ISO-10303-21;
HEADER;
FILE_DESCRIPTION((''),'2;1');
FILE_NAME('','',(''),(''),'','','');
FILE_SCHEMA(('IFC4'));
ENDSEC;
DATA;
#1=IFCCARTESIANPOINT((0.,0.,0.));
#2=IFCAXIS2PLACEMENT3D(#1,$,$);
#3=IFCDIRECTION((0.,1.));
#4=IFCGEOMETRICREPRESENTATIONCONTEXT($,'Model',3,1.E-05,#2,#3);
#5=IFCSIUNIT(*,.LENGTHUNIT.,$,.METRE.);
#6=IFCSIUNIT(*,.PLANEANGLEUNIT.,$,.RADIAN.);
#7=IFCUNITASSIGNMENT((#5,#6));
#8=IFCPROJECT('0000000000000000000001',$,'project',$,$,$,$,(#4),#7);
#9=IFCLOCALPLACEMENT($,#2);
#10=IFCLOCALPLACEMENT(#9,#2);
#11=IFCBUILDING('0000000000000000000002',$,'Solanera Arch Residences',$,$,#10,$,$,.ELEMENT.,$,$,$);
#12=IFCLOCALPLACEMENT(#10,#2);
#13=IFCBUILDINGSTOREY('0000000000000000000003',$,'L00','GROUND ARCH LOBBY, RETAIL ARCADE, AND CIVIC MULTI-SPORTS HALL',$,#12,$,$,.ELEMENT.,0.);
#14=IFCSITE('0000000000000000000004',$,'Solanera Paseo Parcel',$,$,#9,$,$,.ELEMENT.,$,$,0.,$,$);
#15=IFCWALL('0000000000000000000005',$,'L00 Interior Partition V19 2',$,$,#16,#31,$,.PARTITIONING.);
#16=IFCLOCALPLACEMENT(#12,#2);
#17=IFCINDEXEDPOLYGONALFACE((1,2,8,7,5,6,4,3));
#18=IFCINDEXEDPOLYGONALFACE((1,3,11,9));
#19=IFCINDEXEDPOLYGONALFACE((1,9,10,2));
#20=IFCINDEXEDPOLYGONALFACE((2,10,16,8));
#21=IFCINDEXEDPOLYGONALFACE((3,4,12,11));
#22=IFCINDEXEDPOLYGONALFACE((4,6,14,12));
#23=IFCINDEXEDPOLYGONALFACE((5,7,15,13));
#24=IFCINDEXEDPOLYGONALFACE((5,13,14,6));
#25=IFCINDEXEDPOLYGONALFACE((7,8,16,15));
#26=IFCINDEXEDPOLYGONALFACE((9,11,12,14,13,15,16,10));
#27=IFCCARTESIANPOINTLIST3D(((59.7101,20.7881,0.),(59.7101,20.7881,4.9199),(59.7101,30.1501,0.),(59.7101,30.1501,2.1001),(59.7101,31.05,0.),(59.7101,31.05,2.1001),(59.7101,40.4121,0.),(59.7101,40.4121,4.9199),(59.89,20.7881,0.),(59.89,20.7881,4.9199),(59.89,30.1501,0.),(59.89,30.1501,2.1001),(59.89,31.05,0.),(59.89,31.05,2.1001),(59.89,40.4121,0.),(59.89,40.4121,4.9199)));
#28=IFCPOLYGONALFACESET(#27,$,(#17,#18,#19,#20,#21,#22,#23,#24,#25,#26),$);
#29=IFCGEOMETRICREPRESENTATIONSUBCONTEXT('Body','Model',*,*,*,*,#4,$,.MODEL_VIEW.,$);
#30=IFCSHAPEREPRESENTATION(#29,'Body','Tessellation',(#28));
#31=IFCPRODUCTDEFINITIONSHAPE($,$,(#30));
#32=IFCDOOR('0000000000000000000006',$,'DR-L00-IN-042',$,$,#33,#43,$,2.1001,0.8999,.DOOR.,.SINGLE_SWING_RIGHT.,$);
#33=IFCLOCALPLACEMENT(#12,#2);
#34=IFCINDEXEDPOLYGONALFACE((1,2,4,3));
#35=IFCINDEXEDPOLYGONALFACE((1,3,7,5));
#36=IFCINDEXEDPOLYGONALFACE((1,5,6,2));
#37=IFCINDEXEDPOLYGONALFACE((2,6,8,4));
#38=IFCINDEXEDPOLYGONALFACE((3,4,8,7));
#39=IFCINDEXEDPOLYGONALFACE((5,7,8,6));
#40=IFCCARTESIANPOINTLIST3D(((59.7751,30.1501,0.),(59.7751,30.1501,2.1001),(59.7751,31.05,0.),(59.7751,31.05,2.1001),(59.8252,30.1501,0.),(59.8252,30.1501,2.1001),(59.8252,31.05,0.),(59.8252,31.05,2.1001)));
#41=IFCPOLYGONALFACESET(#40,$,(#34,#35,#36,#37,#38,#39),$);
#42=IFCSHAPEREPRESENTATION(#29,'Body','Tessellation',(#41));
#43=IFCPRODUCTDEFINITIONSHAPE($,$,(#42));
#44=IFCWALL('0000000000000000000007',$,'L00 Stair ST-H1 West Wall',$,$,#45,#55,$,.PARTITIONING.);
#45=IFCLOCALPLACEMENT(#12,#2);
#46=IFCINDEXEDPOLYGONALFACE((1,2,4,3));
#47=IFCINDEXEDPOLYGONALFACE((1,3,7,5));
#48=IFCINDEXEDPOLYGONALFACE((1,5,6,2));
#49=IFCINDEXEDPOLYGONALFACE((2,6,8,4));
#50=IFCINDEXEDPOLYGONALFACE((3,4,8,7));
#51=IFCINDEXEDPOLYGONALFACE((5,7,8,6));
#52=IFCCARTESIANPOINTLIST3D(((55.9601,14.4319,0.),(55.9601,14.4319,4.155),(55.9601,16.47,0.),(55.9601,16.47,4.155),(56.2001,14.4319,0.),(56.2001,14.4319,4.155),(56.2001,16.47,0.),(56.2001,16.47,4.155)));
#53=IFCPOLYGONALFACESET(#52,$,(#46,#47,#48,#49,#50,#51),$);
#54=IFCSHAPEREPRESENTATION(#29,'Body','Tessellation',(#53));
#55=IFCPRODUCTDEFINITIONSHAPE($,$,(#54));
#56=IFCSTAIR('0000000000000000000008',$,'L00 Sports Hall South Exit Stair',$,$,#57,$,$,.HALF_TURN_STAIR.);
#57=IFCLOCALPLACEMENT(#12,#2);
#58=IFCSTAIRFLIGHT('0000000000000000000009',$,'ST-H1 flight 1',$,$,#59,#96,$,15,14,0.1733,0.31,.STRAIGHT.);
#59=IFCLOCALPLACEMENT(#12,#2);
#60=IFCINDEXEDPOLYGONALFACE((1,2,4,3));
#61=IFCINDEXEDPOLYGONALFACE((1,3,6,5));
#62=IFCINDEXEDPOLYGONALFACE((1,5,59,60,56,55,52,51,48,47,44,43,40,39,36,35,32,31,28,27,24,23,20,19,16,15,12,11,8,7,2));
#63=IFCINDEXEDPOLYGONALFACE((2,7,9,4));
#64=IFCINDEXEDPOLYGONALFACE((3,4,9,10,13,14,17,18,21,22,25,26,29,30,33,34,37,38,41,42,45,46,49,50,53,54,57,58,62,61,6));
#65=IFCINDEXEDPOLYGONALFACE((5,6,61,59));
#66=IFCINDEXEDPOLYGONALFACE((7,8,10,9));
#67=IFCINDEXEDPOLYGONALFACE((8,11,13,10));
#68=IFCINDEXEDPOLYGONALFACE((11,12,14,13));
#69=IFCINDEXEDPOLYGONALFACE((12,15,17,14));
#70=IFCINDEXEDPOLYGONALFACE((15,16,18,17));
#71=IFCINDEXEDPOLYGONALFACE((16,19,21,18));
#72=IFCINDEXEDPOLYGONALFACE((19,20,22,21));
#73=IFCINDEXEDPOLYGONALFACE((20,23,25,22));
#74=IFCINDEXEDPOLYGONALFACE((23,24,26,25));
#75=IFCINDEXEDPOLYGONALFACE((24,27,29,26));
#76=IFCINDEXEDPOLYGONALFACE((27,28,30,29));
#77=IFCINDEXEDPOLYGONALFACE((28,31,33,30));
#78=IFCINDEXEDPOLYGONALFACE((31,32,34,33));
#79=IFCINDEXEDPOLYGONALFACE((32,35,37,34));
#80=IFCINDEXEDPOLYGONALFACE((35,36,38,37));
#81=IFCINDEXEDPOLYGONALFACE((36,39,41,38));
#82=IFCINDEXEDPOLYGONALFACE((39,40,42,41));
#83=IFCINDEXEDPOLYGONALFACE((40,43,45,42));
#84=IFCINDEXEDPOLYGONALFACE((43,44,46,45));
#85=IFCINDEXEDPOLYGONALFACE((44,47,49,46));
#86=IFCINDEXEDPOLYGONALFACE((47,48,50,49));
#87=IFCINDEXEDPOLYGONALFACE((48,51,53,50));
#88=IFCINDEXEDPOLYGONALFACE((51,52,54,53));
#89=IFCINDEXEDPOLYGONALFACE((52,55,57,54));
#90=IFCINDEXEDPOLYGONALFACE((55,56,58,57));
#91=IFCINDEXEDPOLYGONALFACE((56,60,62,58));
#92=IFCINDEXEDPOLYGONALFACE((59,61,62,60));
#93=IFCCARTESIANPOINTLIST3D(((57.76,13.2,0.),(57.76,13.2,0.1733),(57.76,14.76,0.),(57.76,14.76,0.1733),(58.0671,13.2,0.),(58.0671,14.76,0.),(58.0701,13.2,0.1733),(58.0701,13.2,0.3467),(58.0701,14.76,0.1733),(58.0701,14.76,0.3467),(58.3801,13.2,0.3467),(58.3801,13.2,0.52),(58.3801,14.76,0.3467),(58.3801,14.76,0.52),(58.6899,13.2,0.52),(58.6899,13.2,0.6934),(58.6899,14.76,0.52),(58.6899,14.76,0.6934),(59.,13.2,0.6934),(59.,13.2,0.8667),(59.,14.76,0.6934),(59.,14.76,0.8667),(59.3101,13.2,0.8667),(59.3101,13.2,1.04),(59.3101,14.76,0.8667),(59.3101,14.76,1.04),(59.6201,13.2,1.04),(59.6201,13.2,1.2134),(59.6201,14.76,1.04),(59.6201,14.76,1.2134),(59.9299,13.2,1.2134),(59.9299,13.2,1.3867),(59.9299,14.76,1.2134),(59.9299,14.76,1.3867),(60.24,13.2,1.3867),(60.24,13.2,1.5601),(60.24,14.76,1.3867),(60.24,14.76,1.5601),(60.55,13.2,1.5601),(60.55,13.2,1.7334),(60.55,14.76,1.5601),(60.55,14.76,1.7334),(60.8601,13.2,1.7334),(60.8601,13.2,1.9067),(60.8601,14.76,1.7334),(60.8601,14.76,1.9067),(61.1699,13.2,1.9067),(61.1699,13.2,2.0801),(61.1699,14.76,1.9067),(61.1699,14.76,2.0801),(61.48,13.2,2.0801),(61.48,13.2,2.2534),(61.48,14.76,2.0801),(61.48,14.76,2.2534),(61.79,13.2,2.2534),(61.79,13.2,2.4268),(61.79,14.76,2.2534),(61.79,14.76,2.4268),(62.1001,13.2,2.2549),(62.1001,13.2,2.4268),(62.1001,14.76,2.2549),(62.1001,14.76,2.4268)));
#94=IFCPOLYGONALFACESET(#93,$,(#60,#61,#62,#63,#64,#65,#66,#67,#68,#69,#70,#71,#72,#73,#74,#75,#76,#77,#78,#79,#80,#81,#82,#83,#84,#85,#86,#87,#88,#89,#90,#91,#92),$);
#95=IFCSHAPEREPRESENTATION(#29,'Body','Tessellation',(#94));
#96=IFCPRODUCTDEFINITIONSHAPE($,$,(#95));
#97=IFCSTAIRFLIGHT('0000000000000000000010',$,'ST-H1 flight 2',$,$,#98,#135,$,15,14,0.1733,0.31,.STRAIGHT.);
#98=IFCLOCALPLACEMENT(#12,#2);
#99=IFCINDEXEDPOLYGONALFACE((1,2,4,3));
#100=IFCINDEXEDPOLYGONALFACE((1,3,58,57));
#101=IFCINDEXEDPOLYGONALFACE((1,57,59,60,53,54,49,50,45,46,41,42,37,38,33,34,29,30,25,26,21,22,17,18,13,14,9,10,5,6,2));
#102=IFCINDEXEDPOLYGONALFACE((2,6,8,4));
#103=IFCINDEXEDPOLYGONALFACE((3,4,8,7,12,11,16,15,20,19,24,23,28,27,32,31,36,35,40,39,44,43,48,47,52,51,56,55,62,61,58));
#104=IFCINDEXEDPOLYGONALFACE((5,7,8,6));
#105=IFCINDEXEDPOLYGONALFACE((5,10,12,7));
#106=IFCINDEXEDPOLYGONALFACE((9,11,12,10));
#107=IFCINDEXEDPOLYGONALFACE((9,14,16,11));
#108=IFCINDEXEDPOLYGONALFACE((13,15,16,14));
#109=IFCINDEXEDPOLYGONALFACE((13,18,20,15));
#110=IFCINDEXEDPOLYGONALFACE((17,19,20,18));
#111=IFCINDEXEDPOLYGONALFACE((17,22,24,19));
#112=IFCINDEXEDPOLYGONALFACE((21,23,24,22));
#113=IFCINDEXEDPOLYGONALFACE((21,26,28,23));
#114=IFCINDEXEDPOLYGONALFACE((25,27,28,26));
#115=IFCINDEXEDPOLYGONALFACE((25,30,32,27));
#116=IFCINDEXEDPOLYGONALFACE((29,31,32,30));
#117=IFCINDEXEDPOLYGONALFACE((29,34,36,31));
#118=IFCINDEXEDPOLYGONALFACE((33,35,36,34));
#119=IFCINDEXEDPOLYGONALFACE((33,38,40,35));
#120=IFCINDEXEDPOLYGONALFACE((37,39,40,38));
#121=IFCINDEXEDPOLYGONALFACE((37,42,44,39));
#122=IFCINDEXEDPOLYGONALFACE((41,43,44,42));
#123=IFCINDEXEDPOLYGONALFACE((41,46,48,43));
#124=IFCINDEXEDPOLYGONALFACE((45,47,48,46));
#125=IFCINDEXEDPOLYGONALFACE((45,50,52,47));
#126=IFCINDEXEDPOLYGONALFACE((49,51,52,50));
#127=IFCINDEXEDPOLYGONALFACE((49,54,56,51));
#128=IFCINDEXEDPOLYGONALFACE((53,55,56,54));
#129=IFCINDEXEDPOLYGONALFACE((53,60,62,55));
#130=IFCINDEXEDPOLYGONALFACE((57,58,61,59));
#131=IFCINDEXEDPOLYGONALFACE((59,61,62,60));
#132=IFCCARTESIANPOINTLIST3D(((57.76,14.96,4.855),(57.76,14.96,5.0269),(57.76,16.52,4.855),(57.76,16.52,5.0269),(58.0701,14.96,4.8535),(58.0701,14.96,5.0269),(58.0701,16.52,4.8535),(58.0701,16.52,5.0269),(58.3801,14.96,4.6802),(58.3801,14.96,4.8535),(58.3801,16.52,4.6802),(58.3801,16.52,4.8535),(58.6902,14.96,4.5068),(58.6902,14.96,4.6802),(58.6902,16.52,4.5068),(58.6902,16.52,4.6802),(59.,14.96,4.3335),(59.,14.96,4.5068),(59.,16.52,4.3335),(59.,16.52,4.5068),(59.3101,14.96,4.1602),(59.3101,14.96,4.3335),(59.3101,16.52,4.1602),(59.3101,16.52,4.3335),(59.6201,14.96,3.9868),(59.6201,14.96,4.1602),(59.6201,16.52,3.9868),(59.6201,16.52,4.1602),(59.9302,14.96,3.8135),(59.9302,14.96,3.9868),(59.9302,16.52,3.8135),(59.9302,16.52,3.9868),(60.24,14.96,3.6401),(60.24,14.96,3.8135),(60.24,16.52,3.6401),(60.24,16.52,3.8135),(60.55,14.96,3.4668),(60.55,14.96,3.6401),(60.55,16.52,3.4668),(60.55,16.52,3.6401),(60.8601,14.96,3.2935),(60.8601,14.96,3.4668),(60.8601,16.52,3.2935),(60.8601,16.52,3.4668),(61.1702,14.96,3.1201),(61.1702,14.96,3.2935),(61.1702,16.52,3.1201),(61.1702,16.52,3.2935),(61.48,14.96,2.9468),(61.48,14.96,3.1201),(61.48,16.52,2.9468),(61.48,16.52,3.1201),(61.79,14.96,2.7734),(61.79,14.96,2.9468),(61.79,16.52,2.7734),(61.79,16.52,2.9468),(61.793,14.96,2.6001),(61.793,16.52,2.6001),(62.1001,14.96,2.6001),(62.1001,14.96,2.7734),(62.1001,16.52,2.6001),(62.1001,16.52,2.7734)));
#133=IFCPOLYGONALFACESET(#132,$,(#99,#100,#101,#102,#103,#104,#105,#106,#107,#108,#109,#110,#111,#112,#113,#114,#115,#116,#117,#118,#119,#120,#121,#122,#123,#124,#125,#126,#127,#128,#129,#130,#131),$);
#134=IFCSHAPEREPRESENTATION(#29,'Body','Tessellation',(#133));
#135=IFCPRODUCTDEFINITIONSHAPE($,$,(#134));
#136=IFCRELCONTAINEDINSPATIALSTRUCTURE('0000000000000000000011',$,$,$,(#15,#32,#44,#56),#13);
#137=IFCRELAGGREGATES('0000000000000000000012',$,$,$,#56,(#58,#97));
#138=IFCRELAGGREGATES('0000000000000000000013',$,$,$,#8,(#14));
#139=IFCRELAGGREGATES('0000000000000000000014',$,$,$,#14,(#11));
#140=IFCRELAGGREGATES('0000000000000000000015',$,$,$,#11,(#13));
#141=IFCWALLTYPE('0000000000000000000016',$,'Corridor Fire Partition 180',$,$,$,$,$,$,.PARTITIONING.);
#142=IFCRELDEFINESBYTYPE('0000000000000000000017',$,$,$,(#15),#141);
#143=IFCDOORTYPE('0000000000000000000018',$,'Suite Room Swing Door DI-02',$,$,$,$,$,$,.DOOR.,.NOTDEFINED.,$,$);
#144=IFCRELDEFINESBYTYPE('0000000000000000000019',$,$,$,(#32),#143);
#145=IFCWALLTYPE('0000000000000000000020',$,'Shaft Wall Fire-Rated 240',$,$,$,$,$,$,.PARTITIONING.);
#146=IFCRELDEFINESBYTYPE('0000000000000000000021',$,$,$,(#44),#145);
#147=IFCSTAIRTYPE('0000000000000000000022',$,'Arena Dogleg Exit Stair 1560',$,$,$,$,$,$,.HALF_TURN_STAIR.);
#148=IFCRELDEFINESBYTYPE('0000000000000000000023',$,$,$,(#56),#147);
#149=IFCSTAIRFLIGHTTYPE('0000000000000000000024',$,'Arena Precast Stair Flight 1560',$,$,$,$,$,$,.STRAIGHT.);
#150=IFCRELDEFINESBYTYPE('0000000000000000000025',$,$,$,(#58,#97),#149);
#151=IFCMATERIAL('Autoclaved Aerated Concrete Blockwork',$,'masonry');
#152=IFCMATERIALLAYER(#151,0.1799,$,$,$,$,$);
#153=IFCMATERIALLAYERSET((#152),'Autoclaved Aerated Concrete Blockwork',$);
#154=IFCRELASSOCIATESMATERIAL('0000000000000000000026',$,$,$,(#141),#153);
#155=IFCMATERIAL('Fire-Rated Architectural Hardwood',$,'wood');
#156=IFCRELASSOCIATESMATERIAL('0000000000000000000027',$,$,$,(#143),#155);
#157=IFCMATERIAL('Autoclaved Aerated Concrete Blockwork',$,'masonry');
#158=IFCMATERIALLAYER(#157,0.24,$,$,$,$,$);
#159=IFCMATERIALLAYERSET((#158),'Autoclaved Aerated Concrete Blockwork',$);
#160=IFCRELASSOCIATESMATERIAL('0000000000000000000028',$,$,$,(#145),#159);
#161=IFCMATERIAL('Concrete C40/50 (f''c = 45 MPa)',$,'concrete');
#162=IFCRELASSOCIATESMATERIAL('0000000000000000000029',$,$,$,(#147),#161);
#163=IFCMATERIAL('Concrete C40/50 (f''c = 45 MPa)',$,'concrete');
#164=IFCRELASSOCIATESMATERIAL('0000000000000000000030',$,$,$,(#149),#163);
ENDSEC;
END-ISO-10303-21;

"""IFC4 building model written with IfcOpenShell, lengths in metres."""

from ifc_helpers import new_model, si_unit, direction, frame, frame_2d, origin, place, context, subcontext, project, spatial, polyline, rectangle, outline, extrude, material, layer, layer_set, type_object, element, fill, aggregate, save


model = new_model("IFC4")

# Units and contexts
model_context = context("Model", 3, precision=1e-05, world=origin(), true_north=direction((0.0, 1.0)))
body_context = subcontext(model_context, "Body", "Model", "MODEL_VIEW")
ifc_project = project(units=[si_unit("LENGTHUNIT", "METRE"), si_unit("PLANEANGLEUNIT", "RADIAN")], contexts=[model_context])

# Site, building, storey
site_placement = place(None, origin())
site = spatial("IfcSite", under=ifc_project, at=site_placement, Name="Solanera Paseo Parcel", CompositionType="ELEMENT", RefElevation=0.0)
building_placement = place(site_placement, origin())
building = spatial("IfcBuilding", under=site, at=building_placement, Name="Solanera Arch Residences", CompositionType="ELEMENT")
storey_placement = place(building_placement, origin())
storey = spatial("IfcBuildingStorey", under=building, at=storey_placement, Name="L00", Description="GROUND ARCH LOBBY, RETAIL ARCADE, AND CIVIC MULTI-SPORTS HALL", CompositionType="ELEMENT", Elevation=0.0)

# Shared definitions
ifc_material_1 = material(Name="Autoclaved Aerated Concrete Blockwork", Category="masonry")
ifc_layer_1 = layer(ifc_material_1, 0.1799)
ifc_layer_set_1 = layer_set([ifc_layer_1], Name="Autoclaved Aerated Concrete Blockwork")
wall_type_1 = type_object("IfcWallType", Name="Corridor Fire Partition 180", PredefinedType="PARTITIONING", material=ifc_layer_set_1)

# Wall, opening, door
wall_1_placement = place(storey_placement, frame((59.8, 20.7881, 0.0), z_axis=(0.0, 0.0, 1.0), x_axis=(0.0, 1.0, 0.0)))
wall_1 = element("IfcWall", 1, at=wall_1_placement, inside=storey, type_object=wall_type_1, Name="L00 Interior Partition V19 2", PredefinedType="PARTITIONING", context=body_context, shape_type="SweptSolid", body=[
    extrude(rectangle(XDim=19.624, YDim=0.1799, at=frame_2d((9.812, 0.0))), origin(), (0.0, 0.0, 1.0), 4.9199),
])
opening_1_placement = place(wall_1_placement, frame((9.3621, 0.0, 0.0)))
opening_1 = element("IfcOpeningElement", 2, at=opening_1_placement, cuts=wall_1, PredefinedType="OPENING", context=body_context, shape_type="SweptSolid", body=[
    extrude(rectangle(XDim=0.8999, YDim=2.1001, at=frame_2d((0.45, 1.05))), frame((0.0, 0.1001, 0.0), z_axis=(0.0, -1.0, 0.0), x_axis=(1.0, 0.0, 0.0)), (0.0, 0.0, 1.0), 0.1999),
])
ifc_material_2 = material(Name="Fire-Rated Architectural Hardwood", Category="wood")
door_type_1 = type_object("IfcDoorType", Name="Suite Room Swing Door DI-02", OperationType="NOTDEFINED", PredefinedType="DOOR", material=ifc_material_2)
door_1_placement = place(opening_1_placement, origin())
door_1 = element("IfcDoor", 3, at=door_1_placement, inside=storey, type_object=door_type_1, Name="DR-L00-IN-042", OperationType="SINGLE_SWING_RIGHT", OverallHeight=2.1001, OverallWidth=0.8999, PredefinedType="DOOR", context=body_context, shape_type="SweptSolid", body=[
    extrude(rectangle(XDim=0.8999, YDim=2.1001, at=frame_2d((0.45, 1.05))), frame((0.0, 0.0249, 0.0), z_axis=(0.0, -1.0, 0.0), x_axis=(1.0, 0.0, 0.0)), (0.0, 0.0, 1.0), 0.05),
])
fill(opening_1, door_1)

# Wall
ifc_material_3 = material(Name="Autoclaved Aerated Concrete Blockwork", Category="masonry")
ifc_layer_2 = layer(ifc_material_3, 0.24)
ifc_layer_set_2 = layer_set([ifc_layer_2], Name="Autoclaved Aerated Concrete Blockwork")
wall_type_2 = type_object("IfcWallType", Name="Shaft Wall Fire-Rated 240", PredefinedType="PARTITIONING", material=ifc_layer_set_2)
wall_2_placement = place(storey_placement, frame((56.0801, 14.4319, 0.0), z_axis=(0.0, 0.0, 1.0), x_axis=(0.0, 1.0, 0.0)))
element("IfcWall", 4, at=wall_2_placement, inside=storey, type_object=wall_type_2, Name="L00 Stair ST-H1 West Wall", PredefinedType="PARTITIONING", context=body_context, shape_type="SweptSolid", body=[
    extrude(rectangle(XDim=2.0381, YDim=0.24, at=frame_2d((1.019, 0.0))), origin(), (0.0, 0.0, 1.0), 4.155),
])

# Stair, stair flights
ifc_material_4 = material(Name="Concrete C40/50 (f'c = 45 MPa)", Category="concrete")
stair_type = type_object("IfcStairType", Name="Arena Dogleg Exit Stair 1560", PredefinedType="HALF_TURN_STAIR", material=ifc_material_4)
stair_placement = place(storey_placement, origin())
stair = element("IfcStair", 5, at=stair_placement, inside=storey, type_object=stair_type, Name="L00 Sports Hall South Exit Stair", PredefinedType="HALF_TURN_STAIR")
ifc_material_5 = material(Name="Concrete C40/50 (f'c = 45 MPa)", Category="concrete")
stair_flight_type = type_object("IfcStairFlightType", Name="Arena Precast Stair Flight 1560", PredefinedType="STRAIGHT", material=ifc_material_5)
stair_flight_1_placement = place(storey_placement, frame((57.76, 13.98, 0.0), z_axis=(0.0, 0.0, 1.0), x_axis=(1.0, 0.0, 0.0)))
stair_flight_1 = element("IfcStairFlight", 6, at=stair_flight_1_placement, type_object=stair_flight_type, Name="ST-H1 flight 1", NumberOfRisers=15, NumberOfTreads=14, PredefinedType="STRAIGHT", RiserHeight=0.1733, TreadLength=0.31, context=body_context, shape_type="SweptSolid", body=[
    extrude(outline(polyline([(0.0, 0.0), (0.0, 0.1733), (0.3101, 0.1733), (0.3101, 0.3467), (0.6201, 0.3467), (0.6201, 0.52), (0.9299, 0.52), (0.9299, 0.6934), (1.24, 0.6934), (1.24, 0.8667), (1.55, 0.8667), (1.55, 1.04), (1.8601, 1.04), (1.8601, 1.2134), (2.1699, 1.2134), (2.1699, 1.3867), (2.48, 1.3867), (2.48, 1.5601), (2.79, 1.5601), (2.79, 1.7334), (3.1001, 1.7334), (3.1001, 1.9067), (3.4099, 1.9067), (3.4099, 2.0801), (3.72, 2.0801), (3.72, 2.2534), (4.03, 2.2534), (4.03, 2.4268), (4.3401, 2.4268), (4.3401, 2.6001), (4.3401, 2.2549), (0.3071, 0.0), (0.0, 0.0)])), frame((0.0, 0.78, 0.0), z_axis=(0.0, -1.0, 0.0), x_axis=(1.0, 0.0, 0.0)), (0.0, 0.0, 1.0), 1.5601),
])
stair_flight_2_placement = place(storey_placement, frame((62.1001, 15.74, 2.6001), z_axis=(0.0, 0.0, 1.0), x_axis=(-1.0, 0.0, 0.0)))
stair_flight_2 = element("IfcStairFlight", 7, at=stair_flight_2_placement, type_object=stair_flight_type, Name="ST-H1 flight 2", NumberOfRisers=15, NumberOfTreads=14, PredefinedType="STRAIGHT", RiserHeight=0.1733, TreadLength=0.31, context=body_context, shape_type="SweptSolid", body=[
    extrude(outline(polyline([(0.0, 0.0), (0.0, 0.1733), (0.3101, 0.1733), (0.3101, 0.3467), (0.6201, 0.3467), (0.6201, 0.52), (0.9299, 0.52), (0.9299, 0.6934), (1.24, 0.6934), (1.24, 0.8667), (1.55, 0.8667), (1.55, 1.04), (1.8601, 1.04), (1.8601, 1.2134), (2.1699, 1.2134), (2.1699, 1.3867), (2.48, 1.3867), (2.48, 1.5601), (2.79, 1.5601), (2.79, 1.7334), (3.1001, 1.7334), (3.1001, 1.9067), (3.4099, 1.9067), (3.4099, 2.0801), (3.72, 2.0801), (3.72, 2.2534), (4.03, 2.2534), (4.03, 2.4268), (4.3401, 2.4268), (4.3401, 2.6001), (4.3401, 2.2549), (0.3071, 0.0), (0.0, 0.0)])), frame((0.0, 0.78, 0.0), z_axis=(0.0, -1.0, 0.0), x_axis=(1.0, 0.0, 0.0)), (0.0, 0.0, 1.0), 1.5601),
])
aggregate(stair, [stair_flight_1, stair_flight_2])

save(model, "model.ifc")
